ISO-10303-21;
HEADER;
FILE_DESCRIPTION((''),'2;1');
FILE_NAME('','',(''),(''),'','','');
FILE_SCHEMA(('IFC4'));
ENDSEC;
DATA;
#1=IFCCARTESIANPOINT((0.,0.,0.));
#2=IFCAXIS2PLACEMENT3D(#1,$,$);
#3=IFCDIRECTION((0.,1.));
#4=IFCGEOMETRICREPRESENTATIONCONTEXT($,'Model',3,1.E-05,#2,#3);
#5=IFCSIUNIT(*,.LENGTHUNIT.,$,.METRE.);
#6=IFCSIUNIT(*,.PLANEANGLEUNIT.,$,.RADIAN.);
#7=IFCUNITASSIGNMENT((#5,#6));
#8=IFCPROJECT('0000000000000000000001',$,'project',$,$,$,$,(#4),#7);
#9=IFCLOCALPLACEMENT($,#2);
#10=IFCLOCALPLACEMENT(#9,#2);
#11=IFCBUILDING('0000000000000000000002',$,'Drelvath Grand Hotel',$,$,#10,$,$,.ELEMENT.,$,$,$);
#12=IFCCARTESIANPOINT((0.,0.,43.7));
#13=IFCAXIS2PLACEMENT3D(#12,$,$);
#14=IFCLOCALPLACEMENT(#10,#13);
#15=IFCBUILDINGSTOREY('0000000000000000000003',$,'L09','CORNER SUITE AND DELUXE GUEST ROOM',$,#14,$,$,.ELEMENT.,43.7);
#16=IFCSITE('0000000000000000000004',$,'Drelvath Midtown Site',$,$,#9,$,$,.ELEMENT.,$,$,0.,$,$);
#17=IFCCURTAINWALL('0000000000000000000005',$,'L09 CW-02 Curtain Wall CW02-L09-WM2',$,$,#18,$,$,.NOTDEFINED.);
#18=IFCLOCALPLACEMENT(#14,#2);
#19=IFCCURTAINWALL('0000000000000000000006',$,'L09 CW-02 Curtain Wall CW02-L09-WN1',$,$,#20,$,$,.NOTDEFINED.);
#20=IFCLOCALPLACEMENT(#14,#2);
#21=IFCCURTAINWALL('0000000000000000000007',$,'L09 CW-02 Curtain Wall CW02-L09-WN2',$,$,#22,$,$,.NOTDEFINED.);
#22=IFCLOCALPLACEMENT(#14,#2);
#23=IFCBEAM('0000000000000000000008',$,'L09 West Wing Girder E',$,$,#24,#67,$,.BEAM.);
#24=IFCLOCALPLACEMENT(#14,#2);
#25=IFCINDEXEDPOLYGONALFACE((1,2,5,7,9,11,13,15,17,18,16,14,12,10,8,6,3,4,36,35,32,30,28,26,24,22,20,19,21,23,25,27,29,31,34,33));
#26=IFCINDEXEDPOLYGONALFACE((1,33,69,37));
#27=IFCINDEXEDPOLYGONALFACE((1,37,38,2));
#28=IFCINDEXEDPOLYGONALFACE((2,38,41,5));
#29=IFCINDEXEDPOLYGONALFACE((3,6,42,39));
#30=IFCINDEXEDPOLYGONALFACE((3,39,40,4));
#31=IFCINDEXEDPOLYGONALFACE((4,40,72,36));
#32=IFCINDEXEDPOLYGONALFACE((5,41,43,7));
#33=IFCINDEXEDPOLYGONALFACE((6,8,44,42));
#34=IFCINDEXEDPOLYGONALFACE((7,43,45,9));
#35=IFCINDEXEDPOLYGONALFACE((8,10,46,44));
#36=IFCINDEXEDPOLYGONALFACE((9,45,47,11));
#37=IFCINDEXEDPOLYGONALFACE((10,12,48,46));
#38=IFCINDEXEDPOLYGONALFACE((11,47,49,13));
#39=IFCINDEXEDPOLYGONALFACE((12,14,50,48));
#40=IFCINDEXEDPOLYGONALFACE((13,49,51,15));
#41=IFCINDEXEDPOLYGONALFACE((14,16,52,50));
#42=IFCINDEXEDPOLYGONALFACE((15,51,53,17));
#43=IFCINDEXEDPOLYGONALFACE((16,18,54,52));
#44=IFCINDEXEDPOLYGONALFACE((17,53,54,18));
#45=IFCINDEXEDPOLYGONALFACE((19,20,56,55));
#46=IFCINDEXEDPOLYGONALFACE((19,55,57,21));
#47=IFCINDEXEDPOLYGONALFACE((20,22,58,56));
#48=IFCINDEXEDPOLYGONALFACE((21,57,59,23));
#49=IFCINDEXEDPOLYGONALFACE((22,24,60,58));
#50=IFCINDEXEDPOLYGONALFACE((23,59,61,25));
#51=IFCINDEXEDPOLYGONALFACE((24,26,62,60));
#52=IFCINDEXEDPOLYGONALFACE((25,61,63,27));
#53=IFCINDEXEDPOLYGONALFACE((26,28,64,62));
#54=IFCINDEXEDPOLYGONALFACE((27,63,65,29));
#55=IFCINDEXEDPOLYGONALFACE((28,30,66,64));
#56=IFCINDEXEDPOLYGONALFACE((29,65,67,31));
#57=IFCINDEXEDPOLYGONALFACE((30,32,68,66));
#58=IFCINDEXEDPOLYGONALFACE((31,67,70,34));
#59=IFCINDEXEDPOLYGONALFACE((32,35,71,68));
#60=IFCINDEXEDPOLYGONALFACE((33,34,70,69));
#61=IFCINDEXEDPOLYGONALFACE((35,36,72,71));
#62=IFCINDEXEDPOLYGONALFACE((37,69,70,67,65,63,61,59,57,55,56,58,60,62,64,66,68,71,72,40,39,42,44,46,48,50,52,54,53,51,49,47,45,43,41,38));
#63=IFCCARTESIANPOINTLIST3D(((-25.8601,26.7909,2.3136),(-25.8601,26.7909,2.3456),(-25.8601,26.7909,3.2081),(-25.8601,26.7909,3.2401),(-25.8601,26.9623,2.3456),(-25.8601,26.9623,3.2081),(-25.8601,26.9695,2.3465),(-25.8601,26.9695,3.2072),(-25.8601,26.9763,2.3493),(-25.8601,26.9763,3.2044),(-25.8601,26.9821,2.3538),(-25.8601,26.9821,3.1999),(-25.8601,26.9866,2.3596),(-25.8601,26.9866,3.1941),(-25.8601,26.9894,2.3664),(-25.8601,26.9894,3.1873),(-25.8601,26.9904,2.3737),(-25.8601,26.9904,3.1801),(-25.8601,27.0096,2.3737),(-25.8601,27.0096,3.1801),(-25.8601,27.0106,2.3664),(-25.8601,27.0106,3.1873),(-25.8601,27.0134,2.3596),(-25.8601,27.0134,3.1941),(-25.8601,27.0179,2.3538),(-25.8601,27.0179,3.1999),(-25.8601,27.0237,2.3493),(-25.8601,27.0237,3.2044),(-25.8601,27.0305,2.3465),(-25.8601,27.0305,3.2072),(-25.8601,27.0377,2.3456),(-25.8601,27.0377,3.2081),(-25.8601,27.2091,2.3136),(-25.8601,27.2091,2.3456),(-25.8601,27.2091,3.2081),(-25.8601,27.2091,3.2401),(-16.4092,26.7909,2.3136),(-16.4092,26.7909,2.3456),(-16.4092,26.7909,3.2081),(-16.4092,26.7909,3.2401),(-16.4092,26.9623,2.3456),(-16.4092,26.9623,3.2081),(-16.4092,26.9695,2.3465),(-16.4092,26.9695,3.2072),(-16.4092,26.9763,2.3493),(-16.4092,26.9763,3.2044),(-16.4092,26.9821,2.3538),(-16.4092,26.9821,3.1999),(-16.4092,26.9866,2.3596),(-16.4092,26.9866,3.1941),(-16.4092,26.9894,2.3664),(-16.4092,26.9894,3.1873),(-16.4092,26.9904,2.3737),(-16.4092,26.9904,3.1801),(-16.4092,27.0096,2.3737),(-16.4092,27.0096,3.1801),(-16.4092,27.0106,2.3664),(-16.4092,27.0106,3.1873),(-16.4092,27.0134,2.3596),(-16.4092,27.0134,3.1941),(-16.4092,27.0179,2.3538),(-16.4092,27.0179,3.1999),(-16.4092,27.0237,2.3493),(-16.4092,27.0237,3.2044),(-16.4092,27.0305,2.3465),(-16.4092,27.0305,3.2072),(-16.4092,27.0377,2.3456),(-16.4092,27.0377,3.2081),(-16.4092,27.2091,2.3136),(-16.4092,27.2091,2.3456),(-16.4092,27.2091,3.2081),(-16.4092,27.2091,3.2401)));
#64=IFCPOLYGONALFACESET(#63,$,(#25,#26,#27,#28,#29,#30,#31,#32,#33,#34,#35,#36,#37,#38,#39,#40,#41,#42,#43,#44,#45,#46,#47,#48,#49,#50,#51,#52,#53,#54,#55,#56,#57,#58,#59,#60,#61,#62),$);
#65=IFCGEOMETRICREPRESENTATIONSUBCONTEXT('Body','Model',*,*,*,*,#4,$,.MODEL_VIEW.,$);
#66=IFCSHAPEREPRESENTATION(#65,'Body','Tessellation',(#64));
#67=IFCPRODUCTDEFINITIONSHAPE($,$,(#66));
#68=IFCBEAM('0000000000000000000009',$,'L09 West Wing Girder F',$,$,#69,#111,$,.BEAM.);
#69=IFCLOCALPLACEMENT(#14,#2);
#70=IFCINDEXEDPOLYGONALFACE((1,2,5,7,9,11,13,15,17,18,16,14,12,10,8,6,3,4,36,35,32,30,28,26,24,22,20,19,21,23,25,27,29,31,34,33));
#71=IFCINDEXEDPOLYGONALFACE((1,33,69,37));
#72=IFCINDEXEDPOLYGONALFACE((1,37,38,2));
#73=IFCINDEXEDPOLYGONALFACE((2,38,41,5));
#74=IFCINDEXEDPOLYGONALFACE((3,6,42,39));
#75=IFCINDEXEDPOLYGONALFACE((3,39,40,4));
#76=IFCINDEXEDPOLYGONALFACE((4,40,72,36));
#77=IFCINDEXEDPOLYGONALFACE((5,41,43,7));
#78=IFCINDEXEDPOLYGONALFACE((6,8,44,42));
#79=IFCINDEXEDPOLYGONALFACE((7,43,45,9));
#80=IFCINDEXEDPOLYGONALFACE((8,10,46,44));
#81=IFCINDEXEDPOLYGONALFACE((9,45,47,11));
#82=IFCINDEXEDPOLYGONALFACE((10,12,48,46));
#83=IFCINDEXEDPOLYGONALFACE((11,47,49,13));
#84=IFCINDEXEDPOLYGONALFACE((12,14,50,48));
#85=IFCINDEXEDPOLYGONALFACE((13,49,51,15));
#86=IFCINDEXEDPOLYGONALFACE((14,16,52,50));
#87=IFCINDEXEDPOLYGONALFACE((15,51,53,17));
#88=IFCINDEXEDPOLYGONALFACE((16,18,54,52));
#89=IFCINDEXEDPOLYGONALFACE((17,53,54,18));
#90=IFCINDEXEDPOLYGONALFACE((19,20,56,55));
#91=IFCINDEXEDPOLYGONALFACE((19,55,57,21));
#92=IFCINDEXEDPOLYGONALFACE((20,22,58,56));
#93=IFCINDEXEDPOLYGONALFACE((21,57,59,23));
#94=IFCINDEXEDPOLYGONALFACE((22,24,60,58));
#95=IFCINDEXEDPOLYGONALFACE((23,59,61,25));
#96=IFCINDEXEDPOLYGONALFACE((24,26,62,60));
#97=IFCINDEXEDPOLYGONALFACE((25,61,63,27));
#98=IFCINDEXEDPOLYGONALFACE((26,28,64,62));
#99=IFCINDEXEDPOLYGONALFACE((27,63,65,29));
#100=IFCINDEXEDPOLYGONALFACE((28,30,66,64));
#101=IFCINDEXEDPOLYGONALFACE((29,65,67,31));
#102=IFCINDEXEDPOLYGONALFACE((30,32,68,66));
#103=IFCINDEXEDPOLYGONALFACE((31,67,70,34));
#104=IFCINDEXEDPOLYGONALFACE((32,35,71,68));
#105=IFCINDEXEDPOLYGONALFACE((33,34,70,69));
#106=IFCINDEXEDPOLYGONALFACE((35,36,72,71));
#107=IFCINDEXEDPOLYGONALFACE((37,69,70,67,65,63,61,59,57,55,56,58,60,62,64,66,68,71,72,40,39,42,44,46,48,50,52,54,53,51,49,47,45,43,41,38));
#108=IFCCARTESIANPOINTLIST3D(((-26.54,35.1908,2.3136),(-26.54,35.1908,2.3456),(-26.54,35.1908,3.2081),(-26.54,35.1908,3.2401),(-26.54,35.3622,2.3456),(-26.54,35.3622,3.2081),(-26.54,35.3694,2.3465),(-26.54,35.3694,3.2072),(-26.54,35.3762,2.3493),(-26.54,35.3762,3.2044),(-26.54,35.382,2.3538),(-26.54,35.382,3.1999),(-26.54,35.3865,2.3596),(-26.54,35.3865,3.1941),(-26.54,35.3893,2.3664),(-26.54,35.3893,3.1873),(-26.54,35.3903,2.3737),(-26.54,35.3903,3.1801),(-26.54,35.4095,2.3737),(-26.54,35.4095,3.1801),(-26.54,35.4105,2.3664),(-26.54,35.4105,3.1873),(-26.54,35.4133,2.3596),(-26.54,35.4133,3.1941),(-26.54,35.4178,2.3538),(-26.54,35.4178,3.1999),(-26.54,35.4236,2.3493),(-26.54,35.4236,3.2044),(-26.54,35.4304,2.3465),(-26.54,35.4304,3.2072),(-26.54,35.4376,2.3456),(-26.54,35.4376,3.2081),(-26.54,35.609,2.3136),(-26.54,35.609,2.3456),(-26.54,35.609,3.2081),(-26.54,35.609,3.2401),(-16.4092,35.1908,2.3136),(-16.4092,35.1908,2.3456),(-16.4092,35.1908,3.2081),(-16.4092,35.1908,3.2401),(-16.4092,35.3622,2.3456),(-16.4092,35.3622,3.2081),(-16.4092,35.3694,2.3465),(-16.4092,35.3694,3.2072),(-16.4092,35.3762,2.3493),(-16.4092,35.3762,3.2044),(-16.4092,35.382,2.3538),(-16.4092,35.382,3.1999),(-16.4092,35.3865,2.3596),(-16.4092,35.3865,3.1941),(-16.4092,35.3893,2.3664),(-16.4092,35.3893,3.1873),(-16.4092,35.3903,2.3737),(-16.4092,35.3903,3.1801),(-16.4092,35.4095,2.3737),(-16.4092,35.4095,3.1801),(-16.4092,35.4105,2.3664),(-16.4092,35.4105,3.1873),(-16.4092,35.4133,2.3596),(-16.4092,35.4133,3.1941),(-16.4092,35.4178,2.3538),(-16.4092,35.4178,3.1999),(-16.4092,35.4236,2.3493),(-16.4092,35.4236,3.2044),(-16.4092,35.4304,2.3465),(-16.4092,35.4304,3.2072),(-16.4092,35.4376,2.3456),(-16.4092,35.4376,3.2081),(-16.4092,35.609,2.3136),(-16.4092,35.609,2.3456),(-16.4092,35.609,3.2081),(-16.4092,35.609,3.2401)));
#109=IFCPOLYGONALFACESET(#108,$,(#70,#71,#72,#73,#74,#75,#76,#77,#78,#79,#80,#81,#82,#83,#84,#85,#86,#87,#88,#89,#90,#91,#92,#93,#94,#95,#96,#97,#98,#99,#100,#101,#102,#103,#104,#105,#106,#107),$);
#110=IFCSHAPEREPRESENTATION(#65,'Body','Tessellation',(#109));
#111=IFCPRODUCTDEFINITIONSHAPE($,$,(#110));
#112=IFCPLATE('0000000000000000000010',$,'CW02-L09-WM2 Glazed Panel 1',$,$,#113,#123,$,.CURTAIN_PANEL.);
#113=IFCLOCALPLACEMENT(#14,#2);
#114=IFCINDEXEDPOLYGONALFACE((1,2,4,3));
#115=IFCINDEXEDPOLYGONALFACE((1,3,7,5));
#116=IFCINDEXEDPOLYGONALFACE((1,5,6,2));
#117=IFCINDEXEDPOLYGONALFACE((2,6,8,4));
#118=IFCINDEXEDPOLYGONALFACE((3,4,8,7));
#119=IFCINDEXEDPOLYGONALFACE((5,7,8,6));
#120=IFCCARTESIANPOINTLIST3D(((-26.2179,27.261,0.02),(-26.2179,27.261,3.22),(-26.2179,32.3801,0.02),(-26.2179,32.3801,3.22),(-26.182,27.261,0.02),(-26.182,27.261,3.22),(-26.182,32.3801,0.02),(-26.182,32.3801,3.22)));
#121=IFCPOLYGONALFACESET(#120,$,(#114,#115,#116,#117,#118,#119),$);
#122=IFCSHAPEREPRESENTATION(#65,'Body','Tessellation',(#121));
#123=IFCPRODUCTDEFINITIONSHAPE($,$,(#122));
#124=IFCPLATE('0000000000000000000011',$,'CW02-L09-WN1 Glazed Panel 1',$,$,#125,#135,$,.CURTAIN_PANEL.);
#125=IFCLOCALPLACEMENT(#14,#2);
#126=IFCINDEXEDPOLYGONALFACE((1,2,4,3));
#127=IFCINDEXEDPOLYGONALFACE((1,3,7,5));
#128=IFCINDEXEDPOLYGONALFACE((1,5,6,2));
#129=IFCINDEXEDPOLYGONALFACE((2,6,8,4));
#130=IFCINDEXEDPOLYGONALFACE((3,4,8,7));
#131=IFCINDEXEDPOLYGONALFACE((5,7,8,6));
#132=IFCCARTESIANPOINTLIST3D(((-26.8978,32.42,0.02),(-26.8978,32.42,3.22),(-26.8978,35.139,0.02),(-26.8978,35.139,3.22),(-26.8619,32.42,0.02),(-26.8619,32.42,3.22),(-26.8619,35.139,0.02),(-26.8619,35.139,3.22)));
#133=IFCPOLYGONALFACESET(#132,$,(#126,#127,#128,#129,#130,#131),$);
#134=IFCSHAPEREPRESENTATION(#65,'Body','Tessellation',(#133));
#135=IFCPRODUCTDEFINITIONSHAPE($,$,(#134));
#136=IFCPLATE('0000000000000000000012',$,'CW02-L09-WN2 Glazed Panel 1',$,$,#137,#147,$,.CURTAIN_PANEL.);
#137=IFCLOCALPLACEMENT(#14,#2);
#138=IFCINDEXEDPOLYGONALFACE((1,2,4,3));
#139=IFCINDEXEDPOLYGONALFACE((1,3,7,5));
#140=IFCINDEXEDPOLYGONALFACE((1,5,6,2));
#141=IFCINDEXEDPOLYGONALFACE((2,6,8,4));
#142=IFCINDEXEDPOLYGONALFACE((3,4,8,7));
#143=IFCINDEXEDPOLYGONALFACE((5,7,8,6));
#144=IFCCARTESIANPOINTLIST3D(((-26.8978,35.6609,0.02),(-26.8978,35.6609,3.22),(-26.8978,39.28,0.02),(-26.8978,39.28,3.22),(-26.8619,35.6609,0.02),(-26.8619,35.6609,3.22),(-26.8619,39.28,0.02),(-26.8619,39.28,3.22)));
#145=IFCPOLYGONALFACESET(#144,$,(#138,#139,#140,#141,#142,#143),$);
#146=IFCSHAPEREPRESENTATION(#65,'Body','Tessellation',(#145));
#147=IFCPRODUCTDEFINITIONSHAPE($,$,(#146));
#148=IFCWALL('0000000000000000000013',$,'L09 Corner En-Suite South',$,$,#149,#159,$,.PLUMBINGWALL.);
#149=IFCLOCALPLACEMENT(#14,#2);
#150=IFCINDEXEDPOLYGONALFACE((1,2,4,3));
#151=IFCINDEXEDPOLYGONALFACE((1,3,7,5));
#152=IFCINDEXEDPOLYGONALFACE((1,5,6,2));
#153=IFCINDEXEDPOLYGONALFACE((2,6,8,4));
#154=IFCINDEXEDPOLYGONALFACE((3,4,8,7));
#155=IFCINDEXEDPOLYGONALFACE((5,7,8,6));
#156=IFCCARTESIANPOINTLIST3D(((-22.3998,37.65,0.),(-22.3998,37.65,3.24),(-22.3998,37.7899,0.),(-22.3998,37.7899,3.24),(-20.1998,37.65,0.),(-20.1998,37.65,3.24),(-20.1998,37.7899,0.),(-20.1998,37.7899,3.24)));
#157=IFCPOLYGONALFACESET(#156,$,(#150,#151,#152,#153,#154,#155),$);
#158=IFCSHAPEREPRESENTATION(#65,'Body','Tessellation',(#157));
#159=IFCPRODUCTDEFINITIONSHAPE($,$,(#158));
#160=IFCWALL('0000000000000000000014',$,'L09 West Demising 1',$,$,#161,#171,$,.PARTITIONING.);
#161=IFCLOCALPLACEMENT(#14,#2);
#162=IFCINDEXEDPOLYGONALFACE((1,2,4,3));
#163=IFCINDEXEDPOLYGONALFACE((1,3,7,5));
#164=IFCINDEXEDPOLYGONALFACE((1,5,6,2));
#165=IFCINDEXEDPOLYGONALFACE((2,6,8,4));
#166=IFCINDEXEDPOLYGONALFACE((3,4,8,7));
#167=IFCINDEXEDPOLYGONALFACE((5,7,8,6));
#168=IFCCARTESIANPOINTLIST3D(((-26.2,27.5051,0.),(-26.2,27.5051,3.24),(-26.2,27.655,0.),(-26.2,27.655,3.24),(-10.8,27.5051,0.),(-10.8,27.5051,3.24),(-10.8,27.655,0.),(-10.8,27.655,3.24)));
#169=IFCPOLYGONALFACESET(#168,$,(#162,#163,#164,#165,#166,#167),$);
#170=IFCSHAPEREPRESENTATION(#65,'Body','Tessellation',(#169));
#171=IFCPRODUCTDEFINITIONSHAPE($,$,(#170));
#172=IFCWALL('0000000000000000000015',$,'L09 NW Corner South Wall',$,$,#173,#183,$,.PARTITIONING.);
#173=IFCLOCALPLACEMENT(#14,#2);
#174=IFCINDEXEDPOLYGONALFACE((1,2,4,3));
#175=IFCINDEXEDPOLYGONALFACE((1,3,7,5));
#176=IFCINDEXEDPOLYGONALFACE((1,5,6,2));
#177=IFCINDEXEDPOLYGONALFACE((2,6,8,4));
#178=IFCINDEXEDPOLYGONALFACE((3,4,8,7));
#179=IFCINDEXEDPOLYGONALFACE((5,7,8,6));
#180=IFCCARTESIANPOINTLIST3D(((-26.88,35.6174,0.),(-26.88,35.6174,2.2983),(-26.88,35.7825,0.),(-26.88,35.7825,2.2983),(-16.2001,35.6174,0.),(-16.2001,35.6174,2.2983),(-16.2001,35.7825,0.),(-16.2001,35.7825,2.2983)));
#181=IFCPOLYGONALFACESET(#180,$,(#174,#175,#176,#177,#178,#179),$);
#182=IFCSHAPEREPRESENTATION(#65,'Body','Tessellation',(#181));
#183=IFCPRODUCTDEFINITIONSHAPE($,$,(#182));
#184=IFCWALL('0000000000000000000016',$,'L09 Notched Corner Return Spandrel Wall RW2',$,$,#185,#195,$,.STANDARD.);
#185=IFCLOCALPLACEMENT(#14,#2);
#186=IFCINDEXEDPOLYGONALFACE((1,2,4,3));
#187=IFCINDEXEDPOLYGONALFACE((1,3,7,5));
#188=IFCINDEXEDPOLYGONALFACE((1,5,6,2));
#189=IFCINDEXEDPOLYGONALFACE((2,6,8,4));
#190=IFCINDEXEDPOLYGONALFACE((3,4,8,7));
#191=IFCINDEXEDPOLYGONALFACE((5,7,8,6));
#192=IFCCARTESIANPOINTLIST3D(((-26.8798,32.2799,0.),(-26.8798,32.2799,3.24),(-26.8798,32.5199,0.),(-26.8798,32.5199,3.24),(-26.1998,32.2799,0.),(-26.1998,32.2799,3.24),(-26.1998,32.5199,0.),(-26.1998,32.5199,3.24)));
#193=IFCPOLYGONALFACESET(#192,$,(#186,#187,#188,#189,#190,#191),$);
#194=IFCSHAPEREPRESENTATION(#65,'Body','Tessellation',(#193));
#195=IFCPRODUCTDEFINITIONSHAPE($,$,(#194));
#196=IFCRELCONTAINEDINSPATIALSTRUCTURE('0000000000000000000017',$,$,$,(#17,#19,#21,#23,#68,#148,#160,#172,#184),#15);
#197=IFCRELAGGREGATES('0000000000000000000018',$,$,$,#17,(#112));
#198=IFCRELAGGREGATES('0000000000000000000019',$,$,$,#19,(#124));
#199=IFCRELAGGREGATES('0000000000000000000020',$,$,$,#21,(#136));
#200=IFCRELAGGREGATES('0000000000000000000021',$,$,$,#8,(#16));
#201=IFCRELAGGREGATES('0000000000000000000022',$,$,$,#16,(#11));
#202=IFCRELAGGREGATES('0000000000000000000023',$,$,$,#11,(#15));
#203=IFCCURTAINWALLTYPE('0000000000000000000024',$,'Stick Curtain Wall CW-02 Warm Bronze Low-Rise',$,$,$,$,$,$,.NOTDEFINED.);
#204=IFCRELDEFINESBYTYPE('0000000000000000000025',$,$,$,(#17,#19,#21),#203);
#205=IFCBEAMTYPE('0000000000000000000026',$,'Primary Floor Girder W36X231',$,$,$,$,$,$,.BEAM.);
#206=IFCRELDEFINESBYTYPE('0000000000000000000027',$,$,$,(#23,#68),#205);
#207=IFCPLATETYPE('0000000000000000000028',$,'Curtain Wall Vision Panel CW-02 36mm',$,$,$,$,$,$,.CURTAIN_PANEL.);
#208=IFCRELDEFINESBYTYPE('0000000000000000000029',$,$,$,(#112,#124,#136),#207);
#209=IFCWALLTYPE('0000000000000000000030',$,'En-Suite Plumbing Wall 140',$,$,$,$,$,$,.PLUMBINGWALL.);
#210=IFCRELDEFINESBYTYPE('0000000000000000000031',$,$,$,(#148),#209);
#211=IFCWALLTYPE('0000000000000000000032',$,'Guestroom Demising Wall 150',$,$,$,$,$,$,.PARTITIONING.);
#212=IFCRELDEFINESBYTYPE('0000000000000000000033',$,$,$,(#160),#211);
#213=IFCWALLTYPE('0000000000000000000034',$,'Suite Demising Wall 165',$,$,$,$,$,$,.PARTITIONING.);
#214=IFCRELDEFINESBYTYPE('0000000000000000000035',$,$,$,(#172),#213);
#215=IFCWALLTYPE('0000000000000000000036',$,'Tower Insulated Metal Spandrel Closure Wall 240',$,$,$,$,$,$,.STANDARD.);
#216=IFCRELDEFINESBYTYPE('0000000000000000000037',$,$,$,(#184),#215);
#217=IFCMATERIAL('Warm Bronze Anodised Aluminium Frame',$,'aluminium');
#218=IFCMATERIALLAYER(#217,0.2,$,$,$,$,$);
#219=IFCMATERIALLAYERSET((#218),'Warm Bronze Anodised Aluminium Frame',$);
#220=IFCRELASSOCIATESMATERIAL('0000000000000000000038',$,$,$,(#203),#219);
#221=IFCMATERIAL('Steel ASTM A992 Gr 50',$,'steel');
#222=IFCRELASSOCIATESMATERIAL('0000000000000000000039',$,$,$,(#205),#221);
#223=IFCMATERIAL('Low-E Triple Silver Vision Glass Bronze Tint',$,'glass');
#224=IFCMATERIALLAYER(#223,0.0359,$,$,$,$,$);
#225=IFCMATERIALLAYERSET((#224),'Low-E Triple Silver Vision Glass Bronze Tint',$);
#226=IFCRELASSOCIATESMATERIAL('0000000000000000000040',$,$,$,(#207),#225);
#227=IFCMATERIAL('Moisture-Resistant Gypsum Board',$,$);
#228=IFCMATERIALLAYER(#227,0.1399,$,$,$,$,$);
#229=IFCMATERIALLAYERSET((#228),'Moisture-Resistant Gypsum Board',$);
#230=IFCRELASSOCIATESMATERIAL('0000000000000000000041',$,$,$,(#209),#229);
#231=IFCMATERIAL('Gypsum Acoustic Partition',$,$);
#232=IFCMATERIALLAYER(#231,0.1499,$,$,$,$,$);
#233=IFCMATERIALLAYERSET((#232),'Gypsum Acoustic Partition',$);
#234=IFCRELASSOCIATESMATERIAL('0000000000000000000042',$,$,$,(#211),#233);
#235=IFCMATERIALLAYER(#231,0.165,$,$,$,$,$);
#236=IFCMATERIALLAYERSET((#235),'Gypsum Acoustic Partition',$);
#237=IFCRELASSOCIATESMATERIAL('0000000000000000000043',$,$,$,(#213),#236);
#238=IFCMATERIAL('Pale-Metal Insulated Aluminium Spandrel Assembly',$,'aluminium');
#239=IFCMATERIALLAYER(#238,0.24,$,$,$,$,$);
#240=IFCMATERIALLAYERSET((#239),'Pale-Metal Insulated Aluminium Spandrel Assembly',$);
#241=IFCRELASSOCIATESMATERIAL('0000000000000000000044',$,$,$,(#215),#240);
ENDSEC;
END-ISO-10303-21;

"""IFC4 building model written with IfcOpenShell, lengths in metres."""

from ifc_helpers import new_model, si_unit, direction, frame, frame_2d, origin, origin_2d, place, context, subcontext, project, spatial, rectangle, i_section, extrude, material, layer, layer_set, material_profile, profile_set, type_object, element, aggregate, save


model = new_model("IFC4")

# Units and contexts
model_context = context("Model", 3, precision=1e-05, world=origin(), true_north=direction((0.0, 1.0)))
body_context = subcontext(model_context, "Body", "Model", "MODEL_VIEW")
ifc_project = project(units=[si_unit("LENGTHUNIT", "METRE"), si_unit("PLANEANGLEUNIT", "RADIAN")], contexts=[model_context])

# Site, building, storey
site_placement = place(None, origin())
site = spatial("IfcSite", under=ifc_project, at=site_placement, Name="Drelvath Midtown Site", CompositionType="ELEMENT", RefElevation=0.0)
building_placement = place(site_placement, origin())
building = spatial("IfcBuilding", under=site, at=building_placement, Name="Drelvath Grand Hotel", CompositionType="ELEMENT")
storey_placement = place(building_placement, frame((0.0, 0.0, 43.7)))
storey = spatial("IfcBuildingStorey", under=building, at=storey_placement, Name="L09", Description="CORNER SUITE AND DELUXE GUEST ROOM", CompositionType="ELEMENT", Elevation=43.7)

# Curtain walls
ifc_material_1 = material(Name="Warm Bronze Anodised Aluminium Frame", Category="aluminium")
ifc_layer_1 = layer(ifc_material_1, 0.2)
ifc_layer_set_1 = layer_set([ifc_layer_1], Name="Warm Bronze Anodised Aluminium Frame")
curtain_wall_type = type_object("IfcCurtainWallType", Name="Stick Curtain Wall CW-02 Warm Bronze Low-Rise", PredefinedType="NOTDEFINED", material=ifc_layer_set_1)
curtain_wall_1_placement = place(storey_placement, origin())
curtain_wall_1 = element("IfcCurtainWall", 1, at=curtain_wall_1_placement, inside=storey, type_object=curtain_wall_type, Name="L09 CW-02 Curtain Wall CW02-L09-WM2", PredefinedType="NOTDEFINED")
curtain_wall_2_placement = place(storey_placement, origin())
curtain_wall_2 = element("IfcCurtainWall", 2, at=curtain_wall_2_placement, inside=storey, type_object=curtain_wall_type, Name="L09 CW-02 Curtain Wall CW02-L09-WN1", PredefinedType="NOTDEFINED")
curtain_wall_3_placement = place(storey_placement, origin())
curtain_wall_3 = element("IfcCurtainWall", 3, at=curtain_wall_3_placement, inside=storey, type_object=curtain_wall_type, Name="L09 CW-02 Curtain Wall CW02-L09-WN2", PredefinedType="NOTDEFINED")

# Beams
ifc_material_2 = material(Name="Steel ASTM A992 Gr 50", Category="steel")
ifc_material_profile_1 = material_profile(ifc_material_2, i_section(OverallWidth=0.4182, OverallDepth=0.9265, WebThickness=0.0193, FlangeThickness=0.032, FilletRadius=0.0281, at=origin_2d()), Name="W36X231")
ifc_profile_set_1 = profile_set([ifc_material_profile_1], Name="Steel ASTM A992 Gr 50")
beam_type_1 = type_object("IfcBeamType", Name="Primary Floor Girder W36X231", PredefinedType="BEAM", material=ifc_profile_set_1)
beam_1_placement = place(storey_placement, frame((-25.8601, 27.0, 2.7769), z_axis=(1.0, 0.0, 0.0), x_axis=(0.0, 1.0, 0.0)))
element("IfcBeam", 4, at=beam_1_placement, inside=storey, type_object=beam_type_1, Name="L09 West Wing Girder E", PredefinedType="BEAM", context=body_context, shape_type="SweptSolid", body=[
    extrude(i_section(OverallWidth=0.4182, OverallDepth=0.9265, WebThickness=0.0193, FlangeThickness=0.032, FilletRadius=0.0281, at=origin_2d()), origin(), (0.0, 0.0, 1.0), 9.4509),
])
beam_2_placement = place(storey_placement, frame((-26.54, 35.3999, 2.7769), z_axis=(1.0, 0.0, 0.0), x_axis=(0.0, 1.0, 0.0)))
element("IfcBeam", 5, at=beam_2_placement, inside=storey, type_object=beam_type_1, Name="L09 West Wing Girder F", PredefinedType="BEAM", context=body_context, shape_type="SweptSolid", body=[
    extrude(i_section(OverallWidth=0.4182, OverallDepth=0.9265, WebThickness=0.0193, FlangeThickness=0.032, FilletRadius=0.0281, at=origin_2d()), origin(), (0.0, 0.0, 1.0), 10.1309),
])

# Plates
ifc_material_3 = material(Name="Low-E Triple Silver Vision Glass Bronze Tint", Category="glass")
ifc_layer_2 = layer(ifc_material_3, 0.0359)
ifc_layer_set_2 = layer_set([ifc_layer_2], Name="Low-E Triple Silver Vision Glass Bronze Tint")
plate_type = type_object("IfcPlateType", Name="Curtain Wall Vision Panel CW-02 36mm", PredefinedType="CURTAIN_PANEL", material=ifc_layer_set_2)
plate_1_placement = place(storey_placement, frame((-26.2, 29.8206, 0.02), z_axis=(0.0, 0.0, 1.0), x_axis=(0.0, 1.0, 0.0)))
plate_1 = element("IfcPlate", 6, at=plate_1_placement, type_object=plate_type, Name="CW02-L09-WM2 Glazed Panel 1", PredefinedType="CURTAIN_PANEL", context=body_context, shape_type="SweptSolid", body=[
    extrude(rectangle(XDim=5.1191, YDim=0.0359, at=origin_2d()), origin(), (0.0, 0.0, 1.0), 3.2),
])
aggregate(curtain_wall_1, [plate_1])
plate_2_placement = place(storey_placement, frame((-26.8799, 33.7795, 0.02), z_axis=(0.0, 0.0, 1.0), x_axis=(0.0, 1.0, 0.0)))
plate_2 = element("IfcPlate", 7, at=plate_2_placement, type_object=plate_type, Name="CW02-L09-WN1 Glazed Panel 1", PredefinedType="CURTAIN_PANEL", context=body_context, shape_type="SweptSolid", body=[
    extrude(rectangle(XDim=2.719, YDim=0.0359, at=origin_2d()), origin(), (0.0, 0.0, 1.0), 3.2),
])
aggregate(curtain_wall_2, [plate_2])
plate_3_placement = place(storey_placement, frame((-26.8799, 37.4705, 0.02), z_axis=(0.0, 0.0, 1.0), x_axis=(0.0, 1.0, 0.0)))
plate_3 = element("IfcPlate", 8, at=plate_3_placement, type_object=plate_type, Name="CW02-L09-WN2 Glazed Panel 1", PredefinedType="CURTAIN_PANEL", context=body_context, shape_type="SweptSolid", body=[
    extrude(rectangle(XDim=3.6191, YDim=0.0359, at=origin_2d()), origin(), (0.0, 0.0, 1.0), 3.2),
])
aggregate(curtain_wall_3, [plate_3])

# Walls
ifc_material_4 = material(Name="Moisture-Resistant Gypsum Board")
ifc_layer_3 = layer(ifc_material_4, 0.1399)
ifc_layer_set_3 = layer_set([ifc_layer_3], Name="Moisture-Resistant Gypsum Board")
wall_type_1 = type_object("IfcWallType", Name="En-Suite Plumbing Wall 140", PredefinedType="PLUMBINGWALL", material=ifc_layer_set_3)
wall_1_placement = place(storey_placement, frame((-22.3999, 37.72, 0.0), z_axis=(0.0, 0.0, 1.0), x_axis=(1.0, 0.0, 0.0)))
element("IfcWall", 9, at=wall_1_placement, inside=storey, type_object=wall_type_1, Name="L09 Corner En-Suite South", PredefinedType="PLUMBINGWALL", context=body_context, shape_type="SweptSolid", body=[
    extrude(rectangle(XDim=2.2, YDim=0.1399, at=frame_2d((1.1001, 0.0))), origin(), (0.0, 0.0, 1.0), 3.24),
])
ifc_material_5 = material(Name="Gypsum Acoustic Partition")
ifc_layer_4 = layer(ifc_material_5, 0.1499)
ifc_layer_set_4 = layer_set([ifc_layer_4], Name="Gypsum Acoustic Partition")
wall_type_2 = type_object("IfcWallType", Name="Guestroom Demising Wall 150", PredefinedType="PARTITIONING", material=ifc_layer_set_4)
wall_2_placement = place(storey_placement, frame((-26.2, 27.5801, 0.0), z_axis=(0.0, 0.0, 1.0), x_axis=(1.0, 0.0, 0.0)))
element("IfcWall", 10, at=wall_2_placement, inside=storey, type_object=wall_type_2, Name="L09 West Demising 1", PredefinedType="PARTITIONING", context=body_context, shape_type="SweptSolid", body=[
    extrude(rectangle(XDim=15.3999, YDim=0.1499, at=frame_2d((7.7, 0.0))), origin(), (0.0, 0.0, 1.0), 3.24),
])
ifc_layer_5 = layer(ifc_material_5, 0.165)
ifc_layer_set_5 = layer_set([ifc_layer_5], Name="Gypsum Acoustic Partition")
wall_type_3 = type_object("IfcWallType", Name="Suite Demising Wall 165", PredefinedType="PARTITIONING", material=ifc_layer_set_5)
wall_3_placement = place(storey_placement, frame((-26.8799, 35.7, 0.0), z_axis=(0.0, 0.0, 1.0), x_axis=(1.0, 0.0, 0.0)))
element("IfcWall", 11, at=wall_3_placement, inside=storey, type_object=wall_type_3, Name="L09 NW Corner South Wall", PredefinedType="PARTITIONING", context=body_context, shape_type="SweptSolid", body=[
    extrude(rectangle(XDim=10.6799, YDim=0.165, at=frame_2d((5.3398, 0.0))), origin(), (0.0, 0.0, 1.0), 2.2983),
])
ifc_material_6 = material(Name="Pale-Metal Insulated Aluminium Spandrel Assembly", Category="aluminium")
ifc_layer_6 = layer(ifc_material_6, 0.24)
ifc_layer_set_6 = layer_set([ifc_layer_6], Name="Pale-Metal Insulated Aluminium Spandrel Assembly")
wall_type_4 = type_object("IfcWallType", Name="Tower Insulated Metal Spandrel Closure Wall 240", PredefinedType="STANDARD", material=ifc_layer_set_6)
wall_4_placement = place(storey_placement, frame((-26.2, 32.3999, 0.0), z_axis=(0.0, 0.0, 1.0), x_axis=(-1.0, 0.0, 0.0)))
element("IfcWall", 12, at=wall_4_placement, inside=storey, type_object=wall_type_4, Name="L09 Notched Corner Return Spandrel Wall RW2", PredefinedType="STANDARD", context=body_context, shape_type="SweptSolid", body=[
    extrude(rectangle(XDim=0.6799, YDim=0.24, at=frame_2d((0.3398, 0.0))), origin(), (0.0, 0.0, 1.0), 3.24),
])

save(model, "model.ifc")
